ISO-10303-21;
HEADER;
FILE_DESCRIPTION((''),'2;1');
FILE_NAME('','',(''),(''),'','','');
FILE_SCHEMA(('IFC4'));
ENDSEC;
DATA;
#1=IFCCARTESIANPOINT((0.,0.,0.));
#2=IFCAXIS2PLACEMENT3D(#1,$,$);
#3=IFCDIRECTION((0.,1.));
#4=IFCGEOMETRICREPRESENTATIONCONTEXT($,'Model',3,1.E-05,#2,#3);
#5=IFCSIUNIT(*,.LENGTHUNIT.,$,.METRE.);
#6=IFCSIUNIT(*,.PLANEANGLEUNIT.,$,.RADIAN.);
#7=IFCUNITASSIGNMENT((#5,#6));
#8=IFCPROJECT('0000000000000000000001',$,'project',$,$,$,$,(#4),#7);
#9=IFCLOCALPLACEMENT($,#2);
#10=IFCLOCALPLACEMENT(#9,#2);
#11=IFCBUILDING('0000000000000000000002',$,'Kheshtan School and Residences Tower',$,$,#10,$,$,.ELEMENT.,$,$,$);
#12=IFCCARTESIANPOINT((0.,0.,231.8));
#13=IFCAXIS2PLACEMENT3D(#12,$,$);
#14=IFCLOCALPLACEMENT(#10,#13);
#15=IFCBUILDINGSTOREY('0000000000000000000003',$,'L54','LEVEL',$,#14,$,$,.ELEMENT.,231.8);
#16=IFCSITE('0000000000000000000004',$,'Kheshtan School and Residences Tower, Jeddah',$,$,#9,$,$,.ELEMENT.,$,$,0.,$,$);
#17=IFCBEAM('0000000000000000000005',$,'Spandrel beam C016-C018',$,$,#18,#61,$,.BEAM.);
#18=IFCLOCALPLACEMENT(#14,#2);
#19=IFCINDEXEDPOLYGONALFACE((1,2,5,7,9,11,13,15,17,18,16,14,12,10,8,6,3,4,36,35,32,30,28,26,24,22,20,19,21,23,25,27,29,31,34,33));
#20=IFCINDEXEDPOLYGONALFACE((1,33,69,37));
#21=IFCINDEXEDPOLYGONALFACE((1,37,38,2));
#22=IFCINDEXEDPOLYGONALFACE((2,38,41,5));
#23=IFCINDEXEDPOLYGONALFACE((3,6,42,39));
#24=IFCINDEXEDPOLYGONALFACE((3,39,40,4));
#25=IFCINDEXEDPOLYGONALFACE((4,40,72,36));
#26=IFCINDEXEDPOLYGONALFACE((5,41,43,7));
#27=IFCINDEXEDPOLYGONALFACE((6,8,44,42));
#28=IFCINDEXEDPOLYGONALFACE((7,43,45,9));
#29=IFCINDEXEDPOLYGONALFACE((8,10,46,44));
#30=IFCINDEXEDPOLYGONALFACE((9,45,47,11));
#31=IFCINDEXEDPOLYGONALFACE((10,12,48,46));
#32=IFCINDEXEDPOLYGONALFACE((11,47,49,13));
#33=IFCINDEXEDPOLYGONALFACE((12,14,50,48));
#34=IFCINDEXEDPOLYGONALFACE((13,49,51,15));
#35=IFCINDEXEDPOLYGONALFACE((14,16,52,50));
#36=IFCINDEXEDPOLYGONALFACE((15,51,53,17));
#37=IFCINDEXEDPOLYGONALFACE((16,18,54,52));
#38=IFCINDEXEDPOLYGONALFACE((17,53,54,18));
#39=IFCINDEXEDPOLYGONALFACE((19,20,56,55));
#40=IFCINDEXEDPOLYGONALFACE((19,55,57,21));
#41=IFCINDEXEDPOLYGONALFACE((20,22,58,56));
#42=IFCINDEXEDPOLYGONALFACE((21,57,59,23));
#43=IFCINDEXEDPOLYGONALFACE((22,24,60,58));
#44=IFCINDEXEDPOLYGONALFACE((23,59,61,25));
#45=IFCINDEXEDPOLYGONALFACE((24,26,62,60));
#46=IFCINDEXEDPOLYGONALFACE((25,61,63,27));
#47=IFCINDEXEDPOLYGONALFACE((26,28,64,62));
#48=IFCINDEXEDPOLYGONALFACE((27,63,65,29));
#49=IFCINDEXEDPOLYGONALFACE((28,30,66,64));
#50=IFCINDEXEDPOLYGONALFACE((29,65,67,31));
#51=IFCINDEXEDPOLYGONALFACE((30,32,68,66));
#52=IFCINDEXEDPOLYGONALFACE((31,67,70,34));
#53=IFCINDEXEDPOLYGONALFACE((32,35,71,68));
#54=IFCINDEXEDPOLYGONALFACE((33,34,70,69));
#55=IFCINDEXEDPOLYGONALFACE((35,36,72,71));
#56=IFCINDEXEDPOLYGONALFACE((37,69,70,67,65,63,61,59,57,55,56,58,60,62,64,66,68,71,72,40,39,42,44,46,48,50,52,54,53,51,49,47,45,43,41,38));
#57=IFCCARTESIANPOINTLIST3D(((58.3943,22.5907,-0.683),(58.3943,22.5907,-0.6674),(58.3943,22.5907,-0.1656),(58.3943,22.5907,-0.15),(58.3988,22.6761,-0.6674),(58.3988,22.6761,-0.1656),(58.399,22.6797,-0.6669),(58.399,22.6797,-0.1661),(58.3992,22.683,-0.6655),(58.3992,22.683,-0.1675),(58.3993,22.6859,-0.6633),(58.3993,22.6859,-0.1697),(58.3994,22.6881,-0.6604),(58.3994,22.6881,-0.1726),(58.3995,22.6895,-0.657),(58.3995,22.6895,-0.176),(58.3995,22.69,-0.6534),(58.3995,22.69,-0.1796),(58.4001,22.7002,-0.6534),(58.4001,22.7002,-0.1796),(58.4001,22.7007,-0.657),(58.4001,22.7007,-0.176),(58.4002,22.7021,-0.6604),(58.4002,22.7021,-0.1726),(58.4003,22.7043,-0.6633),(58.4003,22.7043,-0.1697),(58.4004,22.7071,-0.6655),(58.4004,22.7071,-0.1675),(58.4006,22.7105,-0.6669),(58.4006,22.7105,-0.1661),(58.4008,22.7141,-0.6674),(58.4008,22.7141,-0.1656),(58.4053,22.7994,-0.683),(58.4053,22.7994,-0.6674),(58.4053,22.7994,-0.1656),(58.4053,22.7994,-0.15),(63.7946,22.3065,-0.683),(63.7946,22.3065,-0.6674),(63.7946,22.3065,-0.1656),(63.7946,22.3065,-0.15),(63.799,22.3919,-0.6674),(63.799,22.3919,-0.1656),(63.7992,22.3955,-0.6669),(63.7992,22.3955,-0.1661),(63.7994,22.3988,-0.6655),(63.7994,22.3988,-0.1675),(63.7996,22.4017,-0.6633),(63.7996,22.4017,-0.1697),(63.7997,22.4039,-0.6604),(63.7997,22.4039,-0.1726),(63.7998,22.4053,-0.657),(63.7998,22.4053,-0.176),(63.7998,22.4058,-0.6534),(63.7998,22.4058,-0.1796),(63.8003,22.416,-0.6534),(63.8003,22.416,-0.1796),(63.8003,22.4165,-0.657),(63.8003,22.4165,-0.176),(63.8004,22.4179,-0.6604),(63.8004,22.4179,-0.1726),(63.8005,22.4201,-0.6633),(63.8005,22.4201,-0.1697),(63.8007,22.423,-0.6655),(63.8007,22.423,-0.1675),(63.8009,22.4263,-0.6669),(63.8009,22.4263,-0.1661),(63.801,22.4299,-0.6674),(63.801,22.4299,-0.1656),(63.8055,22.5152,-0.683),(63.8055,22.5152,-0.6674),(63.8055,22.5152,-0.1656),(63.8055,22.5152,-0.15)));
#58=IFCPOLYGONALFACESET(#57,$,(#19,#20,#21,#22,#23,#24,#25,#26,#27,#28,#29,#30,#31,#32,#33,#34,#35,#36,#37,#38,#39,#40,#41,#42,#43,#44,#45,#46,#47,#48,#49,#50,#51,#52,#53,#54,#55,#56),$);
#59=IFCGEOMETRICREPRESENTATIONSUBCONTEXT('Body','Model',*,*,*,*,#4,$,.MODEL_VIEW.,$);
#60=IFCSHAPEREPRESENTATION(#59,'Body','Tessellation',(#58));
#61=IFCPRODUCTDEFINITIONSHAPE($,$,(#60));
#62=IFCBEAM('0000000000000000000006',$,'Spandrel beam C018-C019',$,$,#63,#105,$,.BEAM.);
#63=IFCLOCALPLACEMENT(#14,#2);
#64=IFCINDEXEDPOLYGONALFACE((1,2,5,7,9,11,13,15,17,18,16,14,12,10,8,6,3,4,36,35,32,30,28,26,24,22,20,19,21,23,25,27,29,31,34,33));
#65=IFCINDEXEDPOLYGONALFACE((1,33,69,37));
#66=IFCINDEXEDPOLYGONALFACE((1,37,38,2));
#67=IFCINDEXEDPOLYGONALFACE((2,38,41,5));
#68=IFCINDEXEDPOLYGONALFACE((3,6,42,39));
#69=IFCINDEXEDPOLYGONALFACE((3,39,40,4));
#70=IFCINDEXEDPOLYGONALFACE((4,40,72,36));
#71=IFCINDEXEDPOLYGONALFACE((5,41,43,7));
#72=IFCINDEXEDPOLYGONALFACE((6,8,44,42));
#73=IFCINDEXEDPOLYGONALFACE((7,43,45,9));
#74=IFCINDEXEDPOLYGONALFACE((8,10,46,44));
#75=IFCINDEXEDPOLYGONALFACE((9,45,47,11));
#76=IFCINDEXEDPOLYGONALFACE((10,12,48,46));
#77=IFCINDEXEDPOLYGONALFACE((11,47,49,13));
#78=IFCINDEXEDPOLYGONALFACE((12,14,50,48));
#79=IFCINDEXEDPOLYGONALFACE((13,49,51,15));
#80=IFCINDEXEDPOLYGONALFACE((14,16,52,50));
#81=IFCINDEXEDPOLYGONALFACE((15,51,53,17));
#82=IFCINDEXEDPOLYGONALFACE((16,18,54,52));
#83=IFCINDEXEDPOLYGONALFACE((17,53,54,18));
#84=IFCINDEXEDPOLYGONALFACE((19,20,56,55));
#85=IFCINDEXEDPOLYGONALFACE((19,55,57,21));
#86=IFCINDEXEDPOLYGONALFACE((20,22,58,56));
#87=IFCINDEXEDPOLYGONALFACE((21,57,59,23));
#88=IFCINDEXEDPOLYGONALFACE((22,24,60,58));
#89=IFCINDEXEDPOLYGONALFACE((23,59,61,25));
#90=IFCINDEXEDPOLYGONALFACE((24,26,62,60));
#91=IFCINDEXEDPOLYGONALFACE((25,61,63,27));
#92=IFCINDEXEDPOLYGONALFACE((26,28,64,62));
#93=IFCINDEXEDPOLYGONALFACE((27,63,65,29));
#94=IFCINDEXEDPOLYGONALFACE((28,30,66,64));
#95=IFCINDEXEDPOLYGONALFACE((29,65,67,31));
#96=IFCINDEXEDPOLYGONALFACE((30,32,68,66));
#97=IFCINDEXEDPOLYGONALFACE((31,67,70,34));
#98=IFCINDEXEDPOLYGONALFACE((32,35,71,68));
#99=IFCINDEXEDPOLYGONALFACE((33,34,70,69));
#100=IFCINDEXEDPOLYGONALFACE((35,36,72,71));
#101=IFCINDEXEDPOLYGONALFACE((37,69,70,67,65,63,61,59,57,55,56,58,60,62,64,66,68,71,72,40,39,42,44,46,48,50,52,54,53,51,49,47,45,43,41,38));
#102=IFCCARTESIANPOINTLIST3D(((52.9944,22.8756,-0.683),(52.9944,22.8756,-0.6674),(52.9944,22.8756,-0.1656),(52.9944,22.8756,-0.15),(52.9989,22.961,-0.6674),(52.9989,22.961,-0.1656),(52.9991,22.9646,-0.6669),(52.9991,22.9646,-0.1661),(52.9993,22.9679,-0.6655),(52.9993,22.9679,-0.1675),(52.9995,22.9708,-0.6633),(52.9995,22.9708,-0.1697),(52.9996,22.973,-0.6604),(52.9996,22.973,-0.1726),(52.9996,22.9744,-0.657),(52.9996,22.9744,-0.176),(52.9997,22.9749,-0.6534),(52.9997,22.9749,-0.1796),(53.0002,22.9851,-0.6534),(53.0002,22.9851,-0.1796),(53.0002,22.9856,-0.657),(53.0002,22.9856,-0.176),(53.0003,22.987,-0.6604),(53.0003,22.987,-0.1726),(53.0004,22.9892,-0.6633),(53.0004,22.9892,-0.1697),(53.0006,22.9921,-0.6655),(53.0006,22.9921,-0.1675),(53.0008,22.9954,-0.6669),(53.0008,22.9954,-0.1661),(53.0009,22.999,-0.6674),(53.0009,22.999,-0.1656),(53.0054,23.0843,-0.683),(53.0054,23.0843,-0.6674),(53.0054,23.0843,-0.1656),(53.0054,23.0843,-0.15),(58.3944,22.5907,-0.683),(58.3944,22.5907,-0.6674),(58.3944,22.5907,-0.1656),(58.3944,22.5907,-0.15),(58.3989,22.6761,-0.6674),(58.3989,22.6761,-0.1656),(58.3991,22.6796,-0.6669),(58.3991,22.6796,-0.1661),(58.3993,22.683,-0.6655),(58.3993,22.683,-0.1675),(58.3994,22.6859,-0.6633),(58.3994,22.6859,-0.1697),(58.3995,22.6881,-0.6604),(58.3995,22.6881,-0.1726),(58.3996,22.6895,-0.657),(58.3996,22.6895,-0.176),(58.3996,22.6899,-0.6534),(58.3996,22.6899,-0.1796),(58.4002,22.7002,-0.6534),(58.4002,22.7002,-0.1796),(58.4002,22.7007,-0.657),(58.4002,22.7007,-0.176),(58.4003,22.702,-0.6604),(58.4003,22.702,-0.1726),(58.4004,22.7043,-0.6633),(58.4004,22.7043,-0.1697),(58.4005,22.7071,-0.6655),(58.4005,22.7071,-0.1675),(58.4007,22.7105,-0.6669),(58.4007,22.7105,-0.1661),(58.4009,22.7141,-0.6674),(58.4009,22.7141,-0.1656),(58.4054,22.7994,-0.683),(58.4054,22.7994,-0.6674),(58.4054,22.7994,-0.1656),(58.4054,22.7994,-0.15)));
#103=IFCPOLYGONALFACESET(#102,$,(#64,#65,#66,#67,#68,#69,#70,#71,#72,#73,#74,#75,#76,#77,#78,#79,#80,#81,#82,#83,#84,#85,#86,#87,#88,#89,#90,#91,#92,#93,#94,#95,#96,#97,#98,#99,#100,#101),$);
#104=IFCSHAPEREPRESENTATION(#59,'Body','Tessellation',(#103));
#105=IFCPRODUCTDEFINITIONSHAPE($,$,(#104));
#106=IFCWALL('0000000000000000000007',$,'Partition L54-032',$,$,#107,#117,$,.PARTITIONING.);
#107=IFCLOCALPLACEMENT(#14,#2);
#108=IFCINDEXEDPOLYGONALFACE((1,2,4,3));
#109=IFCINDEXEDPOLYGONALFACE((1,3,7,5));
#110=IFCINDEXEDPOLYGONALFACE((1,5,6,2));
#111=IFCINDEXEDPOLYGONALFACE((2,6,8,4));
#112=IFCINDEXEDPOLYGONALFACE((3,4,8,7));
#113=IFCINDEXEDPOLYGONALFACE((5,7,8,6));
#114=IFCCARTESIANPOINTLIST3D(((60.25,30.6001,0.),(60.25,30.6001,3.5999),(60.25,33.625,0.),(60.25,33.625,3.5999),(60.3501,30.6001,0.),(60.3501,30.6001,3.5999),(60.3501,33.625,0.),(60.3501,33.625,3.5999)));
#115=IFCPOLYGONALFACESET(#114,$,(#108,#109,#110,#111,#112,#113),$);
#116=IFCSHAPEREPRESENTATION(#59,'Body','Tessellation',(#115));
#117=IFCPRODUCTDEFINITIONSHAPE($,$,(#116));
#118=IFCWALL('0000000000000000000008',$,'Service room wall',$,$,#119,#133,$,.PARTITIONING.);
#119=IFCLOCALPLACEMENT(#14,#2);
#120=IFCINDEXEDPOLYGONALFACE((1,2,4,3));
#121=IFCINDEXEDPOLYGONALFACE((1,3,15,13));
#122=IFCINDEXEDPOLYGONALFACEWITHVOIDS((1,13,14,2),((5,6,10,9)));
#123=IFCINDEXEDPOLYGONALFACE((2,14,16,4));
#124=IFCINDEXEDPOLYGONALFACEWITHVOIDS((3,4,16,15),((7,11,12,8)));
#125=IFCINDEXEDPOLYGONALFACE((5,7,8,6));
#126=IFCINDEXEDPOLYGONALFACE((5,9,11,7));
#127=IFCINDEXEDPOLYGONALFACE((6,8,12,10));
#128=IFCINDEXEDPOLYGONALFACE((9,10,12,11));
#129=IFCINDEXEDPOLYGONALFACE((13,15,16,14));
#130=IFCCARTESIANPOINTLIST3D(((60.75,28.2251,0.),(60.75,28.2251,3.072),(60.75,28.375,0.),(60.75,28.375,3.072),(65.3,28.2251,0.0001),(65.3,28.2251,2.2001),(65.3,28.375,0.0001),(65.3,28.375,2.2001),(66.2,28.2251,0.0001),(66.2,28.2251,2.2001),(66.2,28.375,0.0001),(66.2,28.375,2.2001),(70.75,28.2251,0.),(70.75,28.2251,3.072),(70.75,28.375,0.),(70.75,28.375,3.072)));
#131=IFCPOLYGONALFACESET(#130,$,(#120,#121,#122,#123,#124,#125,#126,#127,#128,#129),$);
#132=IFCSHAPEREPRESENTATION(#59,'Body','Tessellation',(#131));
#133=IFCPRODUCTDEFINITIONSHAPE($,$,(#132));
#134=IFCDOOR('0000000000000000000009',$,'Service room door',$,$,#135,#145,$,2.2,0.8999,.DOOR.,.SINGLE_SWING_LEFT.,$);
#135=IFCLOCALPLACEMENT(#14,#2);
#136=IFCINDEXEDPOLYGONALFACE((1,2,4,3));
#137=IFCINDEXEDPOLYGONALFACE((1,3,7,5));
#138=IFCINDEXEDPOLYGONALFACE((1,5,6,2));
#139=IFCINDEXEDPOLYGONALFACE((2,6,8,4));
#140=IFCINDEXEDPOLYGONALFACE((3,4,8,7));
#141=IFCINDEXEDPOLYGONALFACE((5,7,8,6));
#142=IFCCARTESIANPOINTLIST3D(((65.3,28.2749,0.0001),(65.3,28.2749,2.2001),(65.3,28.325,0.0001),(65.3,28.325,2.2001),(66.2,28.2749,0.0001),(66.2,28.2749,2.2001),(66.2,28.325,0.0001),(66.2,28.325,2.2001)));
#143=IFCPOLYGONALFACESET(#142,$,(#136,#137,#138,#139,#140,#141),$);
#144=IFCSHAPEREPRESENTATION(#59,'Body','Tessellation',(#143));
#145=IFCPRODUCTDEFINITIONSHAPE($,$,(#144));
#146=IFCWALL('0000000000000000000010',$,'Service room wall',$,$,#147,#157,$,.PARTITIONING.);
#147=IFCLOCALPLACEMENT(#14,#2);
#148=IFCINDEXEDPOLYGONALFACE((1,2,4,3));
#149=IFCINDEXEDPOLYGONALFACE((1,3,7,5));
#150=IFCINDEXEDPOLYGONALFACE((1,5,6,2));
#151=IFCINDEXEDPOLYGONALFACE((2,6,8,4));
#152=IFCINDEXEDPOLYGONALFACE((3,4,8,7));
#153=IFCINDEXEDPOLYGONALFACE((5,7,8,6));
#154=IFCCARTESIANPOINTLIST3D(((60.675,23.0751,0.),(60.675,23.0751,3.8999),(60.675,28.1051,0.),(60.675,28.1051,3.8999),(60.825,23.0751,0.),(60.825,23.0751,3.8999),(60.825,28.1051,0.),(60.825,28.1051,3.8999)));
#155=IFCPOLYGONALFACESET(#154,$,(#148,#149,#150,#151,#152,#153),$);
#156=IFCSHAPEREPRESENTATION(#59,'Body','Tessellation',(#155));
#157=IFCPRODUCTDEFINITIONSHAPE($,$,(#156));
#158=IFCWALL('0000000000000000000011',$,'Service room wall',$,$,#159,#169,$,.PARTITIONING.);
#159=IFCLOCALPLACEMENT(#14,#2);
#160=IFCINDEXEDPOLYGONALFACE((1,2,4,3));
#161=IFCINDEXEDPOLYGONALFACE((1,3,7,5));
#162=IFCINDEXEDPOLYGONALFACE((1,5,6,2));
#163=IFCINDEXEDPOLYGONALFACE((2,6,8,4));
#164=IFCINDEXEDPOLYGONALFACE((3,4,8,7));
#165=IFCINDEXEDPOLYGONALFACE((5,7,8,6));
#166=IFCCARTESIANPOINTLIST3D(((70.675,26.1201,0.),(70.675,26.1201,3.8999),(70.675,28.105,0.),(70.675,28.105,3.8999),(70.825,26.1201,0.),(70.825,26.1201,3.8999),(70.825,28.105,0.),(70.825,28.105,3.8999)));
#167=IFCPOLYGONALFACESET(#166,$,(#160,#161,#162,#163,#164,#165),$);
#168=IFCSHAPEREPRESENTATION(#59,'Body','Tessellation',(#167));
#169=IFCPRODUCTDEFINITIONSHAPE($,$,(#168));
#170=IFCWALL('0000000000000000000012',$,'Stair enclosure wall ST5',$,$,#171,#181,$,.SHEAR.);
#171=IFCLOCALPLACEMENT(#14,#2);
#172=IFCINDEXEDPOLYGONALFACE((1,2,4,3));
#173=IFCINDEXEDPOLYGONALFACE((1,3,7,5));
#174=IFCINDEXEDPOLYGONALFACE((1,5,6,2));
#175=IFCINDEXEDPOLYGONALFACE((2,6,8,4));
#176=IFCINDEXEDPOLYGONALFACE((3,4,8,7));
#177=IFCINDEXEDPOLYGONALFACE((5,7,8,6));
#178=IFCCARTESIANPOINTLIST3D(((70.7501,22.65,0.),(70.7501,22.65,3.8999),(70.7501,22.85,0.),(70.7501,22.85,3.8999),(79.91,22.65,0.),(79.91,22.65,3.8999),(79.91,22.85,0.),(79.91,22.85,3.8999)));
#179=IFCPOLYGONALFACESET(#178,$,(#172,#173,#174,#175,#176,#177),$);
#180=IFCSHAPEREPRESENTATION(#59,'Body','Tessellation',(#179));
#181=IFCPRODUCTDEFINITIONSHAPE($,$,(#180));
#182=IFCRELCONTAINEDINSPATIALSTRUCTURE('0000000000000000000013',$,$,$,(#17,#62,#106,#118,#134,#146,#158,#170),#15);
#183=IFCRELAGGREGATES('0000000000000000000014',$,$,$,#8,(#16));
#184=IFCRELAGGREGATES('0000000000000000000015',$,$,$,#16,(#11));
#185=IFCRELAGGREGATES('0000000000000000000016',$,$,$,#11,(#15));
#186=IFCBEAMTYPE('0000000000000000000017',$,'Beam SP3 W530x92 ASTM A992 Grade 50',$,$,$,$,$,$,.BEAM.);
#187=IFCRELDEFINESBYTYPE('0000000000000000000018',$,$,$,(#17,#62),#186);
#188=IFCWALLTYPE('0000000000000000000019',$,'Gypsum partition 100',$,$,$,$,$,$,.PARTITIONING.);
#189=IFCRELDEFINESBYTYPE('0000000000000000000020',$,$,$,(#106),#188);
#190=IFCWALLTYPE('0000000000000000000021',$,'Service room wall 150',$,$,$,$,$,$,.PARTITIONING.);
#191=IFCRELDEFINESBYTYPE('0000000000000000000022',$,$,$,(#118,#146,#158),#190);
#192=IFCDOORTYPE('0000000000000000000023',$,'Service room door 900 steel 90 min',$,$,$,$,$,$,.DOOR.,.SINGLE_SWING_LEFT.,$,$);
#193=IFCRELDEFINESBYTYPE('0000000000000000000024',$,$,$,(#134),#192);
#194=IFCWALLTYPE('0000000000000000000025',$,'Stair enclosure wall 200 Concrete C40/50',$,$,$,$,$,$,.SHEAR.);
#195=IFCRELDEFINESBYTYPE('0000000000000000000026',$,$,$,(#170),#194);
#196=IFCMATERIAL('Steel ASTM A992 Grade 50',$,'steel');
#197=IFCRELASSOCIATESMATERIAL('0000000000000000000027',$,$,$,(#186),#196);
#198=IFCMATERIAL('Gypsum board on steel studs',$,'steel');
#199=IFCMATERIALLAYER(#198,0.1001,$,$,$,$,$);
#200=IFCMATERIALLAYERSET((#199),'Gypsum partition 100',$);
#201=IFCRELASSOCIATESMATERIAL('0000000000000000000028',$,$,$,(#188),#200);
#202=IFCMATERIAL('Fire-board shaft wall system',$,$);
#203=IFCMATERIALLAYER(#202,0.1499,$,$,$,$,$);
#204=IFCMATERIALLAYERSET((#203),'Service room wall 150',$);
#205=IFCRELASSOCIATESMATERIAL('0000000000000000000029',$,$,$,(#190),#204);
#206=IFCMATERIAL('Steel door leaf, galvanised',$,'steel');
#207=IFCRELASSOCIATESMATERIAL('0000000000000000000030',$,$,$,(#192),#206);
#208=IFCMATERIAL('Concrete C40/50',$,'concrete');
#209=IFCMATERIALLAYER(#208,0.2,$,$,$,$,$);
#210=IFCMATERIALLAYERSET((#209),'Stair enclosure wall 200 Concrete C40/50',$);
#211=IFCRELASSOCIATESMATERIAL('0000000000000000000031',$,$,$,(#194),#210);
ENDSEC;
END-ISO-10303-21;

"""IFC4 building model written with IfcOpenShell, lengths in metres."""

from ifc_helpers import new_model, si_unit, direction, frame, frame_2d, origin, origin_2d, place, context, subcontext, project, spatial, rectangle, i_section, extrude, source, transform, mapped, material, layer, layer_set, material_profile, profile_set, type_object, element, fill, save


model = new_model("IFC4")

# Units and contexts
model_context = context("Model", 3, precision=1e-05, world=origin(), true_north=direction((0.0, 1.0)))
body_context = subcontext(model_context, "Body", "Model", "MODEL_VIEW")
ifc_project = project(units=[si_unit("LENGTHUNIT", "METRE"), si_unit("PLANEANGLEUNIT", "RADIAN")], contexts=[model_context])

# Site, building, storey
site_placement = place(None, origin())
site = spatial("IfcSite", under=ifc_project, at=site_placement, Name="Kheshtan School and Residences Tower, Jeddah", CompositionType="ELEMENT", RefElevation=0.0)
building_placement = place(site_placement, origin())
building = spatial("IfcBuilding", under=site, at=building_placement, Name="Kheshtan School and Residences Tower", CompositionType="ELEMENT")
storey_placement = place(building_placement, frame((0.0, 0.0, 231.8)))
storey = spatial("IfcBuildingStorey", under=building, at=storey_placement, Name="L54", Description="LEVEL", CompositionType="ELEMENT", Elevation=231.8)

# Shared definitions
ifc_material_1 = material(Name="Steel ASTM A992 Grade 50", Category="steel")

# Beams
ifc_material_profile_1 = material_profile(ifc_material_1, i_section(OverallWidth=0.209, OverallDepth=0.533, WebThickness=0.0103, FlangeThickness=0.0156, FilletRadius=0.0139, at=origin_2d()), Name="W530x92")
ifc_profile_set_1 = profile_set([ifc_material_profile_1], Name="Steel ASTM A992 Grade 50")
beam_type_1 = type_object("IfcBeamType", Name="Beam SP3 W530x92 ASTM A992 Grade 50", PredefinedType="BEAM", material=ifc_profile_set_1)
beam_1_placement = place(storey_placement, frame((63.8, 22.4109, -0.4165), z_axis=(-0.998618, 0.052552, 0.0), x_axis=(-0.052552, -0.998618, 0.0)))
element("IfcBeam", 1, at=beam_1_placement, inside=storey, type_object=beam_type_1, Name="Spandrel beam C016-C018", PredefinedType="BEAM", context=body_context, shape_type="SweptSolid", body=[
    extrude(i_section(OverallWidth=0.209, OverallDepth=0.533, WebThickness=0.0103, FlangeThickness=0.0156, FilletRadius=0.0139, at=origin_2d()), origin(), (0.0, 0.0, 1.0), 5.4077),
])
beam_2_placement = place(storey_placement, frame((58.3999, 22.6951, -0.4165), z_axis=(-0.998611, 0.052689, 0.0), x_axis=(-0.052689, -0.998611, 0.0)))
element("IfcBeam", 2, at=beam_2_placement, inside=storey, type_object=beam_type_1, Name="Spandrel beam C018-C019", PredefinedType="BEAM", context=body_context, shape_type="SweptSolid", body=[
    extrude(i_section(OverallWidth=0.209, OverallDepth=0.533, WebThickness=0.0103, FlangeThickness=0.0156, FilletRadius=0.0139, at=origin_2d()), origin(), (0.0, 0.0, 1.0), 5.4075),
])

# Wall
ifc_material_2 = material(Name="Gypsum board on steel studs", Category="steel")
ifc_layer_1 = layer(ifc_material_2, 0.1001)
ifc_layer_set_1 = layer_set([ifc_layer_1], Name="Gypsum partition 100")
wall_type_1 = type_object("IfcWallType", Name="Gypsum partition 100", PredefinedType="PARTITIONING", material=ifc_layer_set_1)
wall_1_placement = place(storey_placement, frame((60.3, 30.6001, 0.0), z_axis=(0.0, 0.0, 1.0), x_axis=(0.0, 1.0, 0.0)))
element("IfcWall", 3, at=wall_1_placement, inside=storey, type_object=wall_type_1, Name="Partition L54-032", PredefinedType="PARTITIONING", context=body_context, shape_type="SweptSolid", body=[
    extrude(rectangle(XDim=3.0249, YDim=0.1001, at=frame_2d((1.5125, 0.0))), origin(), (0.0, 0.0, 1.0), 3.5999),
])

# Wall, opening, door
ifc_material_3 = material(Name="Fire-board shaft wall system")
ifc_layer_2 = layer(ifc_material_3, 0.1499)
ifc_layer_set_2 = layer_set([ifc_layer_2], Name="Service room wall 150")
wall_type_2 = type_object("IfcWallType", Name="Service room wall 150", PredefinedType="PARTITIONING", material=ifc_layer_set_2)
wall_2_placement = place(storey_placement, frame((60.75, 28.3, 0.0), z_axis=(0.0, 0.0, 1.0), x_axis=(1.0, 0.0, 0.0)))
wall_2 = element("IfcWall", 4, at=wall_2_placement, inside=storey, type_object=wall_type_2, Name="Service room wall", PredefinedType="PARTITIONING", context=body_context, shape_type="SweptSolid", body=[
    extrude(rectangle(XDim=10.0, YDim=0.1499, at=frame_2d((5.0, 0.0))), origin(), (0.0, 0.0, 1.0), 3.072),
])
opening_1_placement = place(wall_2_placement, frame((4.55, 0.0, 0.0)))
opening_1 = element("IfcOpeningElement", 5, at=opening_1_placement, cuts=wall_2, PredefinedType="OPENING", context=body_context, shape_type="SweptSolid", body=[
    extrude(rectangle(XDim=0.8999, YDim=2.2, at=frame_2d((0.45, 1.1001))), frame((0.0, 0.085, 0.0), z_axis=(0.0, -1.0, 0.0), x_axis=(1.0, 0.0, 0.0)), (0.0, 0.0, 1.0), 0.1699),
])
ifc_material_4 = material(Name="Steel door leaf, galvanised", Category="steel")
door_type_1 = type_object("IfcDoorType", Name="Service room door 900 steel 90 min", OperationType="SINGLE_SWING_LEFT", PredefinedType="DOOR", material=ifc_material_4)
shared_shape_1 = source(origin(), body_context, "Body", "SweptSolid", [
    extrude(rectangle(XDim=0.8999, YDim=2.2, at=frame_2d((0.45, 1.1001))), frame((0.0, 0.0249, 0.0), z_axis=(0.0, -1.0, 0.0), x_axis=(1.0, 0.0, 0.0)), (0.0, 0.0, 1.0), 0.05),
])
door_1_placement = place(opening_1_placement, origin())
door_1 = element("IfcDoor", 6, at=door_1_placement, inside=storey, type_object=door_type_1, Name="Service room door", OperationType="SINGLE_SWING_LEFT", OverallHeight=2.2, OverallWidth=0.8999, PredefinedType="DOOR", context=body_context, shape_type="MappedRepresentation", body=[
    mapped(shared_shape_1, transform((0.0, 0.0, 0.0), x_axis=(1.0, 0.0, 0.0), y_axis=(0.0, 1.0, 0.0), z_axis=(0.0, 0.0, 1.0), scale=1.0)),
])
fill(opening_1, door_1)

# Walls
wall_3_placement = place(storey_placement, frame((60.75, 23.075, 0.0), z_axis=(0.0, 0.0, 1.0), x_axis=(0.0, 1.0, 0.0)))
element("IfcWall", 7, at=wall_3_placement, inside=storey, type_object=wall_type_2, Name="Service room wall", PredefinedType="PARTITIONING", context=body_context, shape_type="SweptSolid", body=[
    extrude(rectangle(XDim=5.03, YDim=0.1499, at=frame_2d((2.5151, 0.0))), origin(), (0.0, 0.0, 1.0), 3.8999),
])
wall_4_placement = place(storey_placement, frame((70.75, 26.1201, 0.0), z_axis=(0.0, 0.0, 1.0), x_axis=(0.0, 1.0, 0.0)))
element("IfcWall", 8, at=wall_4_placement, inside=storey, type_object=wall_type_2, Name="Service room wall", PredefinedType="PARTITIONING", context=body_context, shape_type="SweptSolid", body=[
    extrude(rectangle(XDim=1.9849, YDim=0.1499, at=frame_2d((0.9924, 0.0))), origin(), (0.0, 0.0, 1.0), 3.8999),
])
ifc_material_5 = material(Name="Concrete C40/50", Category="concrete")
ifc_layer_3 = layer(ifc_material_5, 0.2)
ifc_layer_set_3 = layer_set([ifc_layer_3], Name="Stair enclosure wall 200 Concrete C40/50")
wall_type_3 = type_object("IfcWallType", Name="Stair enclosure wall 200 Concrete C40/50", PredefinedType="SHEAR", material=ifc_layer_set_3)
wall_5_placement = place(storey_placement, frame((70.75, 22.75, 0.0), z_axis=(0.0, 0.0, 1.0), x_axis=(1.0, 0.0, 0.0)))
element("IfcWall", 9, at=wall_5_placement, inside=storey, type_object=wall_type_3, Name="Stair enclosure wall ST5", PredefinedType="SHEAR", context=body_context, shape_type="SweptSolid", body=[
    extrude(rectangle(XDim=9.1599, YDim=0.2, at=frame_2d((4.5801, 0.0))), origin(), (0.0, 0.0, 1.0), 3.8999),
])

save(model, "model.ifc")
